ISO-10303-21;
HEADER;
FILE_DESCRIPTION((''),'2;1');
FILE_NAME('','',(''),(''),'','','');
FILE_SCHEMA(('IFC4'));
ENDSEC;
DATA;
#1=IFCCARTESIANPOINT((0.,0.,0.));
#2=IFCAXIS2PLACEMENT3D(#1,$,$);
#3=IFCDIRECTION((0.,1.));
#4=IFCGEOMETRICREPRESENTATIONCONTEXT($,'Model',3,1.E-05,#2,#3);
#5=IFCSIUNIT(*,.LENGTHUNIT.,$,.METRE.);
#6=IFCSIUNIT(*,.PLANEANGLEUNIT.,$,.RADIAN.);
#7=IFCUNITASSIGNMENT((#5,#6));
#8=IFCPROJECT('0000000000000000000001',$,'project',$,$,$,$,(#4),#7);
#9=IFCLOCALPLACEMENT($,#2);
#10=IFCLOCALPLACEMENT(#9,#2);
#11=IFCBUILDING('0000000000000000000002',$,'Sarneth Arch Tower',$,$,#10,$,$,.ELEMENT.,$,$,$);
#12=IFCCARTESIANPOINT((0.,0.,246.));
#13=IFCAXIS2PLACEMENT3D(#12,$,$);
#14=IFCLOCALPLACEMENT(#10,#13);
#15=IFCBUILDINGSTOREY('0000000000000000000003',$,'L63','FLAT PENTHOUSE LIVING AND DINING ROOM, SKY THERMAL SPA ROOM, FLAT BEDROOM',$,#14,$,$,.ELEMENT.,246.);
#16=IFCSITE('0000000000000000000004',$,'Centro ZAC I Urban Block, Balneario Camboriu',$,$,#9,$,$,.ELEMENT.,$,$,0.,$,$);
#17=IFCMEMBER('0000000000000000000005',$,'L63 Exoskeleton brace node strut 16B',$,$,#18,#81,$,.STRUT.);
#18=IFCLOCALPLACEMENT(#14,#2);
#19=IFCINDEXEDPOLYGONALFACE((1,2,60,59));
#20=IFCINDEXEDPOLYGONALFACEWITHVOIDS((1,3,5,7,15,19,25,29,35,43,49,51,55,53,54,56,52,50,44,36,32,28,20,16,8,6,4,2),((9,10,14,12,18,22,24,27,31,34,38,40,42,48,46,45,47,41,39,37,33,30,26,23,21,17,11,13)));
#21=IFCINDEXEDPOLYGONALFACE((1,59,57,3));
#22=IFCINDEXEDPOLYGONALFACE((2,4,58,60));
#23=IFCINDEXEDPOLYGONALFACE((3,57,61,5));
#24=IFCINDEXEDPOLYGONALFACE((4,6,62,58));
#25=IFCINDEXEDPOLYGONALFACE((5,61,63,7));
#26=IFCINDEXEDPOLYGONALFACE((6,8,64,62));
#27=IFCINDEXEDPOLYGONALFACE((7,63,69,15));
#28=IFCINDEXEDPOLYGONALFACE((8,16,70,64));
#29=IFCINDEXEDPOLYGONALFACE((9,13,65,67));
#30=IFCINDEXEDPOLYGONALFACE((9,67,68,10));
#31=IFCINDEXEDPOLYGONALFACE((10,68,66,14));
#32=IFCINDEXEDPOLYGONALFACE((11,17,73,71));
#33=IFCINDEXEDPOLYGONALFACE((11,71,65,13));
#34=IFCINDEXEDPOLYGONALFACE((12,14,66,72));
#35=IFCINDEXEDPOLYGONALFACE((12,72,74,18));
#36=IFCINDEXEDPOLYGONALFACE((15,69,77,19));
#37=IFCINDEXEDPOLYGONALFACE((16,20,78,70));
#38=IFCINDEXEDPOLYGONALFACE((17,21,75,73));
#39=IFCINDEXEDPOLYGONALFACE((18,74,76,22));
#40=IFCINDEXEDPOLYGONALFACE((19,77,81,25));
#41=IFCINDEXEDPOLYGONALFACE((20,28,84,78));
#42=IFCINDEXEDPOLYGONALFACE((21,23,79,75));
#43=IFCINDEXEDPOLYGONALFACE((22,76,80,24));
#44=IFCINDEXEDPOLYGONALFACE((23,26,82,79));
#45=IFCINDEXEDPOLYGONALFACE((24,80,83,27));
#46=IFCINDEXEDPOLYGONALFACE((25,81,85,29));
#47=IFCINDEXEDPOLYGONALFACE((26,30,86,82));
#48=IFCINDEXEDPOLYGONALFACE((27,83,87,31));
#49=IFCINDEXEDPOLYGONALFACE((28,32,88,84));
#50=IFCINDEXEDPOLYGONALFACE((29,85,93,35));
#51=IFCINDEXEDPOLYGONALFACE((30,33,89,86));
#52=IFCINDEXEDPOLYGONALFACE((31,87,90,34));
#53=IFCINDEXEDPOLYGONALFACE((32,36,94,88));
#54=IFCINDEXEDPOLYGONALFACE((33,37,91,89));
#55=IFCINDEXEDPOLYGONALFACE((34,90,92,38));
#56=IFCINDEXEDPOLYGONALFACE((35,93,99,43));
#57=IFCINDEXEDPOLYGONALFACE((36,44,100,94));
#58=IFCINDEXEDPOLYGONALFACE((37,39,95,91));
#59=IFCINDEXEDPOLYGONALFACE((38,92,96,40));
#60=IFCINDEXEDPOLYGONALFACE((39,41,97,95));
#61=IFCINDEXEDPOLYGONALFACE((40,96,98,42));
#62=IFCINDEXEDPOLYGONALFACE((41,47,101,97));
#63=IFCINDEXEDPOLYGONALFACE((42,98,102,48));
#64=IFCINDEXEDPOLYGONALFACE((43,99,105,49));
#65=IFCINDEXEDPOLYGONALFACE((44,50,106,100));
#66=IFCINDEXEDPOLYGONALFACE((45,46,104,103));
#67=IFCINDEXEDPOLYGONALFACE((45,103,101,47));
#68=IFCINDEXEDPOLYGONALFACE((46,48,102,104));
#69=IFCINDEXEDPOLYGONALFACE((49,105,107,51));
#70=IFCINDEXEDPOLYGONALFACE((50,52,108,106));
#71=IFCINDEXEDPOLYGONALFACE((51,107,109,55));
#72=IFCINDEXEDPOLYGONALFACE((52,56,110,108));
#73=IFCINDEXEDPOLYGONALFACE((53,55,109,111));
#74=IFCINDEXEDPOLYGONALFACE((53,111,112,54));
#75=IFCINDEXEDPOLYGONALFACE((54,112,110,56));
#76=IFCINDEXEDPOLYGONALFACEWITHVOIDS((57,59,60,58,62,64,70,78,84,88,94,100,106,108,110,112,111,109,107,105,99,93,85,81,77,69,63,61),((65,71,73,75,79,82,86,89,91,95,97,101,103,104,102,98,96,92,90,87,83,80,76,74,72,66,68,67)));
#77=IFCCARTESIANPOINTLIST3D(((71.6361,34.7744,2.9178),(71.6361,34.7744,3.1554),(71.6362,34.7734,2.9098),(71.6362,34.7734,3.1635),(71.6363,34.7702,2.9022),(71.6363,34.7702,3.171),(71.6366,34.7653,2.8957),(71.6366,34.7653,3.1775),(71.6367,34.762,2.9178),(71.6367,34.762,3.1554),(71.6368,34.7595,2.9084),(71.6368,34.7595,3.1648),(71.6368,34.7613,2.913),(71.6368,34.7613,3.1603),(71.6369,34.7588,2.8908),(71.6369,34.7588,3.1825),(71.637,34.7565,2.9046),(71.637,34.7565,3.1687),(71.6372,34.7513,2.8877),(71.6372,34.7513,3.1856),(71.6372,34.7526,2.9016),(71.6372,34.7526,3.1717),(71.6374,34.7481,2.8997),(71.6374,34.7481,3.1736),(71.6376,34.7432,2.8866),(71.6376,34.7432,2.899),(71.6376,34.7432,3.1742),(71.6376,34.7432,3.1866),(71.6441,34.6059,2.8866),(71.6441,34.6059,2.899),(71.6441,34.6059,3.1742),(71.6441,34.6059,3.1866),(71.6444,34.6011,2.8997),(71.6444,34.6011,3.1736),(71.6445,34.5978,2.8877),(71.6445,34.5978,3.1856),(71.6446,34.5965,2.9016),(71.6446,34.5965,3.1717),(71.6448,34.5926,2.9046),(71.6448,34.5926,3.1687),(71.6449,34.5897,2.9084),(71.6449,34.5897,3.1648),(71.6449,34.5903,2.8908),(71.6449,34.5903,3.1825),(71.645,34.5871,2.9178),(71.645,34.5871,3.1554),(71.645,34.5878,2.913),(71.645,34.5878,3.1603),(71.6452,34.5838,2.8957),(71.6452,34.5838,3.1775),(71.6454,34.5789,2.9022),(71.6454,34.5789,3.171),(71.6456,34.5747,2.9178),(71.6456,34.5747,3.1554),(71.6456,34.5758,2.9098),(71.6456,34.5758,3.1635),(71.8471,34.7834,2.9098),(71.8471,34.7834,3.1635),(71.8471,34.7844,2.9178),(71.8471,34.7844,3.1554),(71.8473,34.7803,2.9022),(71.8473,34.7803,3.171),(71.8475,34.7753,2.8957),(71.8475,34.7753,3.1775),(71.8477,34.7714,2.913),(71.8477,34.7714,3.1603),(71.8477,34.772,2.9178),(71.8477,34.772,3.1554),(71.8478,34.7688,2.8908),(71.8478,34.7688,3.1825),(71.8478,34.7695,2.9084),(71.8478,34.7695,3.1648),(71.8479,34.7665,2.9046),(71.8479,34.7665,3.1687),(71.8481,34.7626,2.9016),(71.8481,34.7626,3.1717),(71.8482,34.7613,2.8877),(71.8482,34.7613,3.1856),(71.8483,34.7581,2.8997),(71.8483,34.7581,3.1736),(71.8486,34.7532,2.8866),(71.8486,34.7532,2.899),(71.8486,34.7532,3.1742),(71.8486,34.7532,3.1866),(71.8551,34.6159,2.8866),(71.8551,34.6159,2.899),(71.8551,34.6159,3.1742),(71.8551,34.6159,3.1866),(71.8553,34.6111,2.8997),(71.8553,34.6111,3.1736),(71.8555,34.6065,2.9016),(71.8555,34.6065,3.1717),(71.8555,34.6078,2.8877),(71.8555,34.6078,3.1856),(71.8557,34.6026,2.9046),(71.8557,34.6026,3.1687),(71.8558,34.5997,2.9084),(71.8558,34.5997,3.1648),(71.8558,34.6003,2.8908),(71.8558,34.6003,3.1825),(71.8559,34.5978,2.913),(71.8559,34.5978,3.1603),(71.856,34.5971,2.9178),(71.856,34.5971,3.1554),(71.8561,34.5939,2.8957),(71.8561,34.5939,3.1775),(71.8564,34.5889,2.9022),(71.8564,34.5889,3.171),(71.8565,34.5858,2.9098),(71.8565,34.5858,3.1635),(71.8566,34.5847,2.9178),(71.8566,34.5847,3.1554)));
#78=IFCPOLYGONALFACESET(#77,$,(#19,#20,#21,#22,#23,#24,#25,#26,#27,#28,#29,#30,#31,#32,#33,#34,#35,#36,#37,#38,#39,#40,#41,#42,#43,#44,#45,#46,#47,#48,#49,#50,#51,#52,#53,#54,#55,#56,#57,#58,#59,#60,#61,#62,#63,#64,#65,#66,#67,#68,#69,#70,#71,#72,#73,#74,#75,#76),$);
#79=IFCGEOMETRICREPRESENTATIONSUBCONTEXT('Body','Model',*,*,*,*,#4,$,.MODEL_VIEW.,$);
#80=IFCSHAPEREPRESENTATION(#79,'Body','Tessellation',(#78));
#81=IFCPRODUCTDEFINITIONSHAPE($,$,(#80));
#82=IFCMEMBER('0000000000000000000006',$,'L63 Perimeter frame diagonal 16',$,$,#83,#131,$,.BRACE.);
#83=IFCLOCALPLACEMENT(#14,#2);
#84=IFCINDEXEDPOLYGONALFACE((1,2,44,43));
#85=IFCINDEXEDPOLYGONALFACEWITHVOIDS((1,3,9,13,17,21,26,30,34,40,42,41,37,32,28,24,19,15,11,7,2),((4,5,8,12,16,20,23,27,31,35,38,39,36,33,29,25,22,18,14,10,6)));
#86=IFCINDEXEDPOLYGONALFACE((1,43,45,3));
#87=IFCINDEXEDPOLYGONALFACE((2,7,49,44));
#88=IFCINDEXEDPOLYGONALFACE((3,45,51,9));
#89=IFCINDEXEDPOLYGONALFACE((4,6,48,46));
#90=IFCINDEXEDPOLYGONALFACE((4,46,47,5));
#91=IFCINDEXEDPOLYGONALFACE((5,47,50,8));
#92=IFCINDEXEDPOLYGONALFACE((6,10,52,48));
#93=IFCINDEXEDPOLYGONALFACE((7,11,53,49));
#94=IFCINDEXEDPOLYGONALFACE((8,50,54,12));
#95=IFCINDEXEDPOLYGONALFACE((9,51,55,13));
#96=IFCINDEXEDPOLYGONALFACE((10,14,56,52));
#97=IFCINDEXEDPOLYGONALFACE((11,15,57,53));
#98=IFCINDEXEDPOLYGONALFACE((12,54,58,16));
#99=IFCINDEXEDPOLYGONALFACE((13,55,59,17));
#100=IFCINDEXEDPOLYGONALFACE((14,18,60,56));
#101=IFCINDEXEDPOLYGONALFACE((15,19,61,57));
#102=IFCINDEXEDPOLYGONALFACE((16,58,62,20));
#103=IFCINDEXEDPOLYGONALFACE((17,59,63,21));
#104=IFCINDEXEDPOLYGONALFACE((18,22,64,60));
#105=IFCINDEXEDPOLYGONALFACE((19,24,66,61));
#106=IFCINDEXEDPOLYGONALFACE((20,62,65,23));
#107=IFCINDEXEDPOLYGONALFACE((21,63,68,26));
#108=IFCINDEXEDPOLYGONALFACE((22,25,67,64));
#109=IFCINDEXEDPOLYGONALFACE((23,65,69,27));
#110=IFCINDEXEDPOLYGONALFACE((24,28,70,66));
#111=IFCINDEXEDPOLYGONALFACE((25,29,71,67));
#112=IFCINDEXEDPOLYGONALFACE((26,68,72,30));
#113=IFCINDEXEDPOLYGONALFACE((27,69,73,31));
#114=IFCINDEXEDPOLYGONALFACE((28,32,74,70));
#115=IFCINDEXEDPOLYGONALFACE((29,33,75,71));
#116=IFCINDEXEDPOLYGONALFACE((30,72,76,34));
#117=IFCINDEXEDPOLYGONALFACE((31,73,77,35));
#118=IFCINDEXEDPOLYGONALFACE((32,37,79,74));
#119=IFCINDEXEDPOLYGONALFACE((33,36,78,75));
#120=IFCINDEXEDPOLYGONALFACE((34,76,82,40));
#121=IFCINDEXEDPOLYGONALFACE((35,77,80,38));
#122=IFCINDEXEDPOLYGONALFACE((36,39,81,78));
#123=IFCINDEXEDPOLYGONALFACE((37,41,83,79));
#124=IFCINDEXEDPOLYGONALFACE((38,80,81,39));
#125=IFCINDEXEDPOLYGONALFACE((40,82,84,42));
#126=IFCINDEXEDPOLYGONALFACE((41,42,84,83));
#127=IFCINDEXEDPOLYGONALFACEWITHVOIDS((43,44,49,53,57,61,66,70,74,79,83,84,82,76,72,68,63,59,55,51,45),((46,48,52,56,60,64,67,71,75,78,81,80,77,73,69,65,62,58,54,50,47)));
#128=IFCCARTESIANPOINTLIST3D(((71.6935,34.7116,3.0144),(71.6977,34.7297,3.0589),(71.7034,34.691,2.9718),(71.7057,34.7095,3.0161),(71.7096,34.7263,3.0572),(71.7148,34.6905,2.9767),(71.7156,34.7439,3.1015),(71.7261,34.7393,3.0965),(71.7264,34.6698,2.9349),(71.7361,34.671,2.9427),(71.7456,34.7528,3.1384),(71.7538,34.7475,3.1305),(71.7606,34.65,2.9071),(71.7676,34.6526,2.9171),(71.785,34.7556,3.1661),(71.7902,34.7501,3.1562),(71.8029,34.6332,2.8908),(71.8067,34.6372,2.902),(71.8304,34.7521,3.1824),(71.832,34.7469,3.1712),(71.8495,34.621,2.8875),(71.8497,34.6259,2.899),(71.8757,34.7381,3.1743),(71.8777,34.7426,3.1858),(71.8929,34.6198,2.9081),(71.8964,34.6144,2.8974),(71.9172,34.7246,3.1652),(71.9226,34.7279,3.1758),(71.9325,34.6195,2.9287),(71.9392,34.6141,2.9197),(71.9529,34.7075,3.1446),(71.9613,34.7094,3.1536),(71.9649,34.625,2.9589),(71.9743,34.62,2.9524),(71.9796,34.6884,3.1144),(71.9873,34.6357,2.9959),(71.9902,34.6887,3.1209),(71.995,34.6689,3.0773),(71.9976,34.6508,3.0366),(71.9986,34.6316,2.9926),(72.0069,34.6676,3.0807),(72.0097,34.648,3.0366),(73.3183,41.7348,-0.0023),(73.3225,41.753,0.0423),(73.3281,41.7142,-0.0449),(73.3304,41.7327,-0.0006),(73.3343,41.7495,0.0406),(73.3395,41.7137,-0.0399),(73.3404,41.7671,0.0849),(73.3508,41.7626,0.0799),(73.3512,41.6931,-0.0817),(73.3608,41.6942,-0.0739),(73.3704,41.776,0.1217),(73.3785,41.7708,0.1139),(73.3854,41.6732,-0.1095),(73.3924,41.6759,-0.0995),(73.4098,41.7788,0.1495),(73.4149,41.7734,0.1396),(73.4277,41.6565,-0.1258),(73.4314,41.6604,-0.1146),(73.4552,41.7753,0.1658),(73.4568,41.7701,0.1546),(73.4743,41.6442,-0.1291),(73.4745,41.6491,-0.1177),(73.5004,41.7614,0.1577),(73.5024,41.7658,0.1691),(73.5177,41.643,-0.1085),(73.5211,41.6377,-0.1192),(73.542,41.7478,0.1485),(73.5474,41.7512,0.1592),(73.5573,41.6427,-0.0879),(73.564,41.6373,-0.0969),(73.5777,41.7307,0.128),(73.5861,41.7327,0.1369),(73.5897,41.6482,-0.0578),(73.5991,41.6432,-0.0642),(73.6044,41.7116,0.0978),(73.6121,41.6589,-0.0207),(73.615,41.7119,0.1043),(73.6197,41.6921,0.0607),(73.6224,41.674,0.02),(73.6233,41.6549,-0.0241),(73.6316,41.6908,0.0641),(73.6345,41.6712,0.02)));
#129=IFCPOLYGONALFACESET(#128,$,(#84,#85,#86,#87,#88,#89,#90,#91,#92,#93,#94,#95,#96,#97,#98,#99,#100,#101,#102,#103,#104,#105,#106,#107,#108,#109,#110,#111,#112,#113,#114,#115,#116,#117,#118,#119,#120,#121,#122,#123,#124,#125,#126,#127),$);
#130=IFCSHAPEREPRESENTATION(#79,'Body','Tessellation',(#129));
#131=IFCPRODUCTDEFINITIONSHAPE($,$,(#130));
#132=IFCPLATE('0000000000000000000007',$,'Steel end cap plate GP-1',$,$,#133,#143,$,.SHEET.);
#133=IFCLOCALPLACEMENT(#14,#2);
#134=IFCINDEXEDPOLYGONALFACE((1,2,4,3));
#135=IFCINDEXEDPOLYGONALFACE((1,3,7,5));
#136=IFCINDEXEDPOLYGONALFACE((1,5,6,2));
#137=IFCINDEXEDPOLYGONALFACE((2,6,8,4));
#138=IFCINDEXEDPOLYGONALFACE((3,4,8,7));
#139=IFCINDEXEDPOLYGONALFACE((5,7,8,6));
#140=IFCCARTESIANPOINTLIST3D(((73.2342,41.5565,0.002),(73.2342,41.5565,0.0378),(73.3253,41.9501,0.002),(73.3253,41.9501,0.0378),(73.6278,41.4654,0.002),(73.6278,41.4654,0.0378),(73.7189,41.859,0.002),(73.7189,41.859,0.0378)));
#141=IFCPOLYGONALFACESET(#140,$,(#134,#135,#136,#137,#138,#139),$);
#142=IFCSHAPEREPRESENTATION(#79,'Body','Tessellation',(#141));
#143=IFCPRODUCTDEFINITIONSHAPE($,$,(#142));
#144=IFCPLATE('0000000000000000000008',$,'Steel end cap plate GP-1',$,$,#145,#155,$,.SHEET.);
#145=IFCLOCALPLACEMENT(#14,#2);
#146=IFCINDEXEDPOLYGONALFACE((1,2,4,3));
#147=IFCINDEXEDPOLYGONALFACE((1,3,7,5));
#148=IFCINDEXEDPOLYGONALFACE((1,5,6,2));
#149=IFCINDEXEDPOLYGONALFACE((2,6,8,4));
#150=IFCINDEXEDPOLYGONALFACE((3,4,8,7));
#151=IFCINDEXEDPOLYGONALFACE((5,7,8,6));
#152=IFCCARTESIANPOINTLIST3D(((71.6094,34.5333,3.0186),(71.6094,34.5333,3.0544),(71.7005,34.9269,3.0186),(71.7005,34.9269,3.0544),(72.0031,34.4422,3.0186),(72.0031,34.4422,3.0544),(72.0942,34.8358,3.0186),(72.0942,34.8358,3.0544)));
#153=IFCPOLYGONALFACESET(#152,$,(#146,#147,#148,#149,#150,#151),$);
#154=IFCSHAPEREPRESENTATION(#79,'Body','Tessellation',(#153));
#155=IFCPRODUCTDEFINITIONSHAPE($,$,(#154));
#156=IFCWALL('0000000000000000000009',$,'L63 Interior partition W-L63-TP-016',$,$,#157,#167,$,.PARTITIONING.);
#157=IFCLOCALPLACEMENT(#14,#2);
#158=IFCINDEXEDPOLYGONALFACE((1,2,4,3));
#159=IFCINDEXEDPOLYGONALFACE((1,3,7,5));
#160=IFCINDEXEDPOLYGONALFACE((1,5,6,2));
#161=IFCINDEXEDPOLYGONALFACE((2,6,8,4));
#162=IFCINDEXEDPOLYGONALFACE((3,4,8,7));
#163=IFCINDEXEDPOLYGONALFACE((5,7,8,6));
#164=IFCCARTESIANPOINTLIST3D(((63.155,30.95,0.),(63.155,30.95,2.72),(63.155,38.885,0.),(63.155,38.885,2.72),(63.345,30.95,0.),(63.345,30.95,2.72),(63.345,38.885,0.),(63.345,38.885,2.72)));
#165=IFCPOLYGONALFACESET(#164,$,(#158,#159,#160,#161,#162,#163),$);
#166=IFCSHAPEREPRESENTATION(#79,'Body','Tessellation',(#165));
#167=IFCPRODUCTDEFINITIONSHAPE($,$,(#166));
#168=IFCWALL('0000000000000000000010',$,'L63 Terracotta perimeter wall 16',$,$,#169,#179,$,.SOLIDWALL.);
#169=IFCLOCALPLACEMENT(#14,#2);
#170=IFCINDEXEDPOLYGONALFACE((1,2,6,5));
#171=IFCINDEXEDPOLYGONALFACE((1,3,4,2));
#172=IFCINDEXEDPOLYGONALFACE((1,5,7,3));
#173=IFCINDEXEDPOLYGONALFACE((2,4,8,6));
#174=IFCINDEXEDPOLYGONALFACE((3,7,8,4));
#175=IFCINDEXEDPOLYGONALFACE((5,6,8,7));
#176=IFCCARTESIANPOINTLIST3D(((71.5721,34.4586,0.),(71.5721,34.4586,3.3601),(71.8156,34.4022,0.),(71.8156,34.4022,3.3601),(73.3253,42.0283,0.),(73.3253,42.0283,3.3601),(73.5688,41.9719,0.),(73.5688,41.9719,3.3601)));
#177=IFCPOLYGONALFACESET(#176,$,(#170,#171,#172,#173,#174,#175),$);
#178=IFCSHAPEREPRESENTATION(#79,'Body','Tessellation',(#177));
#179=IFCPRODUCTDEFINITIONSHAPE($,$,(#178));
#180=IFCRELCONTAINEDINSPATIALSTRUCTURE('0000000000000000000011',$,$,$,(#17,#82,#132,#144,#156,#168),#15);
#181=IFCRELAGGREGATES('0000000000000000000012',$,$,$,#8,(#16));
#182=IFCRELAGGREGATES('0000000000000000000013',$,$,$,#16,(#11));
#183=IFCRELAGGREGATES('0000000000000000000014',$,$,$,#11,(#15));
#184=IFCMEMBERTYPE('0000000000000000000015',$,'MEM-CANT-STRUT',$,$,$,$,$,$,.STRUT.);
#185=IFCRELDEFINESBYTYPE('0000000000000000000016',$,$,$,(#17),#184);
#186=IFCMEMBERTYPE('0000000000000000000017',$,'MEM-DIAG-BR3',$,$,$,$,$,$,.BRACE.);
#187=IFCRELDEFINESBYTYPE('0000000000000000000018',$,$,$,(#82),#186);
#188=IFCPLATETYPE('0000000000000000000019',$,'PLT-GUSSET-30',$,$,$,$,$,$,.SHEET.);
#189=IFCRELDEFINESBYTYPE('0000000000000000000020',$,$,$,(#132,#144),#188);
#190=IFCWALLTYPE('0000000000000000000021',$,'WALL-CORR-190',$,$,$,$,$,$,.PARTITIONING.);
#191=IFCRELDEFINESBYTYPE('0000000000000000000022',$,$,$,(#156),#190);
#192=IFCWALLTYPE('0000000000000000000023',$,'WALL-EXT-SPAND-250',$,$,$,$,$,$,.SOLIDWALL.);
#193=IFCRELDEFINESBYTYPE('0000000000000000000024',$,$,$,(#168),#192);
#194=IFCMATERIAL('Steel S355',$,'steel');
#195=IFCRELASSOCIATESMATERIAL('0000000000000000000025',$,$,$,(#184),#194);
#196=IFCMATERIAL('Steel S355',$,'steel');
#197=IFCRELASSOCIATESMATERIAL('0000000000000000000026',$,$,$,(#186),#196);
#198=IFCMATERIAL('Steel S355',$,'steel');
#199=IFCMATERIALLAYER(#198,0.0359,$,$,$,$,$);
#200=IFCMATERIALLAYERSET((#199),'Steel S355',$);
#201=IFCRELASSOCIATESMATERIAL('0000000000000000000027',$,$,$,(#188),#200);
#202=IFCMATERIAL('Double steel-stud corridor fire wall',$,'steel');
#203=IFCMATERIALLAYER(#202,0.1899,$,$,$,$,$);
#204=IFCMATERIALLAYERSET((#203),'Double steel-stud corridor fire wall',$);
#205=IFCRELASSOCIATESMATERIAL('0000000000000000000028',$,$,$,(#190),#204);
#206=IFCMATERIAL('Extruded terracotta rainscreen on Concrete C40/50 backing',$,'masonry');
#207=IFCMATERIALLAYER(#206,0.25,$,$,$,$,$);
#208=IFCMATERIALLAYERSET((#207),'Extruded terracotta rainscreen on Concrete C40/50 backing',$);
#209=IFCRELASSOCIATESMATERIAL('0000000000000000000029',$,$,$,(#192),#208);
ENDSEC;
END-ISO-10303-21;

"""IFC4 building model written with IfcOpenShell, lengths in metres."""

from ifc_helpers import new_model, si_unit, direction, frame, frame_2d, origin, origin_2d, place, context, subcontext, project, spatial, rectangle, hollow_rectangle, hollow_circle, extrude, material, layer, layer_set, material_profile, profile_set, type_object, element, save


model = new_model("IFC4")

# Units and contexts
model_context = context("Model", 3, precision=1e-05, world=origin(), true_north=direction((0.0, 1.0)))
body_context = subcontext(model_context, "Body", "Model", "MODEL_VIEW")
ifc_project = project(units=[si_unit("LENGTHUNIT", "METRE"), si_unit("PLANEANGLEUNIT", "RADIAN")], contexts=[model_context])

# Site, building, storey
site_placement = place(None, origin())
site = spatial("IfcSite", under=ifc_project, at=site_placement, Name="Centro ZAC I Urban Block, Balneario Camboriu", CompositionType="ELEMENT", RefElevation=0.0)
building_placement = place(site_placement, origin())
building = spatial("IfcBuilding", under=site, at=building_placement, Name="Sarneth Arch Tower", CompositionType="ELEMENT")
storey_placement = place(building_placement, frame((0.0, 0.0, 246.0)))
storey = spatial("IfcBuildingStorey", under=building, at=storey_placement, Name="L63", Description="FLAT PENTHOUSE LIVING AND DINING ROOM, SKY THERMAL SPA ROOM, FLAT BEDROOM", CompositionType="ELEMENT", Elevation=246.0)

# Members
ifc_material_1 = material(Name="Steel S355", Category="steel")
ifc_material_profile_1 = material_profile(ifc_material_1, hollow_rectangle(XDim=0.2, YDim=0.3, WallThickness=0.0125, InnerFilletRadius=0.0188, OuterFilletRadius=0.0312, at=origin_2d()), Name="RHS300x200x12.5")
ifc_profile_set_1 = profile_set([ifc_material_profile_1], Name="Steel S355")
member_type_1 = type_object("IfcMemberType", Name="MEM-CANT-STRUT", PredefinedType="STRUT", material=ifc_profile_set_1)
member_1_placement = place(storey_placement, frame((71.6409, 34.6746, 3.0366), z_axis=(0.998876, 0.0474, 0.0), x_axis=(-0.0474, 0.998876, 0.0)))
element("IfcMember", 1, at=member_1_placement, inside=storey, type_object=member_type_1, Name="L63 Exoskeleton brace node strut 16B", PredefinedType="STRUT", context=body_context, shape_type="SweptSolid", body=[
    extrude(hollow_rectangle(XDim=0.2, YDim=0.3, WallThickness=0.0125, InnerFilletRadius=0.0188, OuterFilletRadius=0.0312, at=origin_2d()), origin(), (0.0, 0.0, 1.0), 0.2112),
])
ifc_material_2 = material(Name="Steel S355", Category="steel")
ifc_material_profile_2 = material_profile(ifc_material_2, hollow_circle(Radius=0.1621, WallThickness=0.0125, at=origin_2d()), Name="CHS324x12.5")
ifc_profile_set_2 = profile_set([ifc_material_profile_2], Name="Steel S355")
member_type_2 = type_object("IfcMemberType", Name="MEM-DIAG-BR3", PredefinedType="BRACE", material=ifc_profile_set_2)
member_2_placement = place(storey_placement, frame((73.4766, 41.7078, 0.02), z_axis=(-0.207918, -0.898749, 0.386031), x_axis=(0.974269, -0.225389, 0.0)))
element("IfcMember", 2, at=member_2_placement, inside=storey, type_object=member_type_2, Name="L63 Perimeter frame diagonal 16", PredefinedType="BRACE", context=body_context, shape_type="SweptSolid", body=[
    extrude(hollow_circle(Radius=0.1621, WallThickness=0.0125, at=origin_2d()), origin(), (0.0, 0.0, 1.0), 7.8145),
])

# Plates
ifc_material_3 = material(Name="Steel S355", Category="steel")
ifc_layer_1 = layer(ifc_material_3, 0.0359)
ifc_layer_set_1 = layer_set([ifc_layer_1], Name="Steel S355")
plate_type = type_object("IfcPlateType", Name="PLT-GUSSET-30", PredefinedType="SHEET", material=ifc_layer_set_1)
for number, where, z_axis, x_axis, name in (
    (3, (73.4766, 41.7078, 0.002), (0.0, 0.0, 1.0), (0.225461, 0.974252, 0.0), "Steel end cap plate GP-1"),
    (4, (71.8518, 34.6846, 3.0186), (0.0, 0.0, 1.0), (0.225461, 0.974252, 0.0), "Steel end cap plate GP-1"),
):
    element("IfcPlate", number, at=place(storey_placement, frame(where, z_axis=z_axis, x_axis=x_axis)), inside=storey, type_object=plate_type, Name=name, PredefinedType="SHEET", context=body_context, shape_type="SweptSolid", body=[
        extrude(rectangle(XDim=0.4041, YDim=0.4041, at=origin_2d()), origin(), (0.0, 0.0, 1.0), 0.0359),
    ])

# Walls
ifc_material_4 = material(Name="Double steel-stud corridor fire wall", Category="steel")
ifc_layer_2 = layer(ifc_material_4, 0.1899)
ifc_layer_set_2 = layer_set([ifc_layer_2], Name="Double steel-stud corridor fire wall")
wall_type_1 = type_object("IfcWallType", Name="WALL-CORR-190", PredefinedType="PARTITIONING", material=ifc_layer_set_2)
wall_1_placement = place(storey_placement, frame((63.25, 38.885, 0.0), z_axis=(0.0, 0.0, 1.0), x_axis=(0.0, -1.0, 0.0)))
element("IfcWall", 5, at=wall_1_placement, inside=storey, type_object=wall_type_1, Name="L63 Interior partition W-L63-TP-016", PredefinedType="PARTITIONING", context=body_context, shape_type="SweptSolid", body=[
    extrude(rectangle(XDim=7.9351, YDim=0.1899, at=frame_2d((3.9675, 0.0))), origin(), (0.0, 0.0, 1.0), 2.72),
])
ifc_material_5 = material(Name="Extruded terracotta rainscreen on Concrete C40/50 backing", Category="masonry")
ifc_layer_3 = layer(ifc_material_5, 0.25)
ifc_layer_set_3 = layer_set([ifc_layer_3], Name="Extruded terracotta rainscreen on Concrete C40/50 backing")
wall_type_2 = type_object("IfcWallType", Name="WALL-EXT-SPAND-250", PredefinedType="SOLIDWALL", material=ifc_layer_set_3)
wall_2_placement = place(storey_placement, frame((71.6938, 34.4304, 0.0), z_axis=(0.0, 0.0, 1.0), x_axis=(0.225635, 0.974212, 0.0)))
element("IfcWall", 6, at=wall_2_placement, inside=storey, type_object=wall_type_2, Name="L63 Terracotta perimeter wall 16", PredefinedType="SOLIDWALL", context=body_context, shape_type="SweptSolid", body=[
    extrude(rectangle(XDim=7.77, YDim=0.25, at=frame_2d((3.885, 0.0))), origin(), (0.0, 0.0, 1.0), 3.3601),
])

save(model, "model.ifc")
